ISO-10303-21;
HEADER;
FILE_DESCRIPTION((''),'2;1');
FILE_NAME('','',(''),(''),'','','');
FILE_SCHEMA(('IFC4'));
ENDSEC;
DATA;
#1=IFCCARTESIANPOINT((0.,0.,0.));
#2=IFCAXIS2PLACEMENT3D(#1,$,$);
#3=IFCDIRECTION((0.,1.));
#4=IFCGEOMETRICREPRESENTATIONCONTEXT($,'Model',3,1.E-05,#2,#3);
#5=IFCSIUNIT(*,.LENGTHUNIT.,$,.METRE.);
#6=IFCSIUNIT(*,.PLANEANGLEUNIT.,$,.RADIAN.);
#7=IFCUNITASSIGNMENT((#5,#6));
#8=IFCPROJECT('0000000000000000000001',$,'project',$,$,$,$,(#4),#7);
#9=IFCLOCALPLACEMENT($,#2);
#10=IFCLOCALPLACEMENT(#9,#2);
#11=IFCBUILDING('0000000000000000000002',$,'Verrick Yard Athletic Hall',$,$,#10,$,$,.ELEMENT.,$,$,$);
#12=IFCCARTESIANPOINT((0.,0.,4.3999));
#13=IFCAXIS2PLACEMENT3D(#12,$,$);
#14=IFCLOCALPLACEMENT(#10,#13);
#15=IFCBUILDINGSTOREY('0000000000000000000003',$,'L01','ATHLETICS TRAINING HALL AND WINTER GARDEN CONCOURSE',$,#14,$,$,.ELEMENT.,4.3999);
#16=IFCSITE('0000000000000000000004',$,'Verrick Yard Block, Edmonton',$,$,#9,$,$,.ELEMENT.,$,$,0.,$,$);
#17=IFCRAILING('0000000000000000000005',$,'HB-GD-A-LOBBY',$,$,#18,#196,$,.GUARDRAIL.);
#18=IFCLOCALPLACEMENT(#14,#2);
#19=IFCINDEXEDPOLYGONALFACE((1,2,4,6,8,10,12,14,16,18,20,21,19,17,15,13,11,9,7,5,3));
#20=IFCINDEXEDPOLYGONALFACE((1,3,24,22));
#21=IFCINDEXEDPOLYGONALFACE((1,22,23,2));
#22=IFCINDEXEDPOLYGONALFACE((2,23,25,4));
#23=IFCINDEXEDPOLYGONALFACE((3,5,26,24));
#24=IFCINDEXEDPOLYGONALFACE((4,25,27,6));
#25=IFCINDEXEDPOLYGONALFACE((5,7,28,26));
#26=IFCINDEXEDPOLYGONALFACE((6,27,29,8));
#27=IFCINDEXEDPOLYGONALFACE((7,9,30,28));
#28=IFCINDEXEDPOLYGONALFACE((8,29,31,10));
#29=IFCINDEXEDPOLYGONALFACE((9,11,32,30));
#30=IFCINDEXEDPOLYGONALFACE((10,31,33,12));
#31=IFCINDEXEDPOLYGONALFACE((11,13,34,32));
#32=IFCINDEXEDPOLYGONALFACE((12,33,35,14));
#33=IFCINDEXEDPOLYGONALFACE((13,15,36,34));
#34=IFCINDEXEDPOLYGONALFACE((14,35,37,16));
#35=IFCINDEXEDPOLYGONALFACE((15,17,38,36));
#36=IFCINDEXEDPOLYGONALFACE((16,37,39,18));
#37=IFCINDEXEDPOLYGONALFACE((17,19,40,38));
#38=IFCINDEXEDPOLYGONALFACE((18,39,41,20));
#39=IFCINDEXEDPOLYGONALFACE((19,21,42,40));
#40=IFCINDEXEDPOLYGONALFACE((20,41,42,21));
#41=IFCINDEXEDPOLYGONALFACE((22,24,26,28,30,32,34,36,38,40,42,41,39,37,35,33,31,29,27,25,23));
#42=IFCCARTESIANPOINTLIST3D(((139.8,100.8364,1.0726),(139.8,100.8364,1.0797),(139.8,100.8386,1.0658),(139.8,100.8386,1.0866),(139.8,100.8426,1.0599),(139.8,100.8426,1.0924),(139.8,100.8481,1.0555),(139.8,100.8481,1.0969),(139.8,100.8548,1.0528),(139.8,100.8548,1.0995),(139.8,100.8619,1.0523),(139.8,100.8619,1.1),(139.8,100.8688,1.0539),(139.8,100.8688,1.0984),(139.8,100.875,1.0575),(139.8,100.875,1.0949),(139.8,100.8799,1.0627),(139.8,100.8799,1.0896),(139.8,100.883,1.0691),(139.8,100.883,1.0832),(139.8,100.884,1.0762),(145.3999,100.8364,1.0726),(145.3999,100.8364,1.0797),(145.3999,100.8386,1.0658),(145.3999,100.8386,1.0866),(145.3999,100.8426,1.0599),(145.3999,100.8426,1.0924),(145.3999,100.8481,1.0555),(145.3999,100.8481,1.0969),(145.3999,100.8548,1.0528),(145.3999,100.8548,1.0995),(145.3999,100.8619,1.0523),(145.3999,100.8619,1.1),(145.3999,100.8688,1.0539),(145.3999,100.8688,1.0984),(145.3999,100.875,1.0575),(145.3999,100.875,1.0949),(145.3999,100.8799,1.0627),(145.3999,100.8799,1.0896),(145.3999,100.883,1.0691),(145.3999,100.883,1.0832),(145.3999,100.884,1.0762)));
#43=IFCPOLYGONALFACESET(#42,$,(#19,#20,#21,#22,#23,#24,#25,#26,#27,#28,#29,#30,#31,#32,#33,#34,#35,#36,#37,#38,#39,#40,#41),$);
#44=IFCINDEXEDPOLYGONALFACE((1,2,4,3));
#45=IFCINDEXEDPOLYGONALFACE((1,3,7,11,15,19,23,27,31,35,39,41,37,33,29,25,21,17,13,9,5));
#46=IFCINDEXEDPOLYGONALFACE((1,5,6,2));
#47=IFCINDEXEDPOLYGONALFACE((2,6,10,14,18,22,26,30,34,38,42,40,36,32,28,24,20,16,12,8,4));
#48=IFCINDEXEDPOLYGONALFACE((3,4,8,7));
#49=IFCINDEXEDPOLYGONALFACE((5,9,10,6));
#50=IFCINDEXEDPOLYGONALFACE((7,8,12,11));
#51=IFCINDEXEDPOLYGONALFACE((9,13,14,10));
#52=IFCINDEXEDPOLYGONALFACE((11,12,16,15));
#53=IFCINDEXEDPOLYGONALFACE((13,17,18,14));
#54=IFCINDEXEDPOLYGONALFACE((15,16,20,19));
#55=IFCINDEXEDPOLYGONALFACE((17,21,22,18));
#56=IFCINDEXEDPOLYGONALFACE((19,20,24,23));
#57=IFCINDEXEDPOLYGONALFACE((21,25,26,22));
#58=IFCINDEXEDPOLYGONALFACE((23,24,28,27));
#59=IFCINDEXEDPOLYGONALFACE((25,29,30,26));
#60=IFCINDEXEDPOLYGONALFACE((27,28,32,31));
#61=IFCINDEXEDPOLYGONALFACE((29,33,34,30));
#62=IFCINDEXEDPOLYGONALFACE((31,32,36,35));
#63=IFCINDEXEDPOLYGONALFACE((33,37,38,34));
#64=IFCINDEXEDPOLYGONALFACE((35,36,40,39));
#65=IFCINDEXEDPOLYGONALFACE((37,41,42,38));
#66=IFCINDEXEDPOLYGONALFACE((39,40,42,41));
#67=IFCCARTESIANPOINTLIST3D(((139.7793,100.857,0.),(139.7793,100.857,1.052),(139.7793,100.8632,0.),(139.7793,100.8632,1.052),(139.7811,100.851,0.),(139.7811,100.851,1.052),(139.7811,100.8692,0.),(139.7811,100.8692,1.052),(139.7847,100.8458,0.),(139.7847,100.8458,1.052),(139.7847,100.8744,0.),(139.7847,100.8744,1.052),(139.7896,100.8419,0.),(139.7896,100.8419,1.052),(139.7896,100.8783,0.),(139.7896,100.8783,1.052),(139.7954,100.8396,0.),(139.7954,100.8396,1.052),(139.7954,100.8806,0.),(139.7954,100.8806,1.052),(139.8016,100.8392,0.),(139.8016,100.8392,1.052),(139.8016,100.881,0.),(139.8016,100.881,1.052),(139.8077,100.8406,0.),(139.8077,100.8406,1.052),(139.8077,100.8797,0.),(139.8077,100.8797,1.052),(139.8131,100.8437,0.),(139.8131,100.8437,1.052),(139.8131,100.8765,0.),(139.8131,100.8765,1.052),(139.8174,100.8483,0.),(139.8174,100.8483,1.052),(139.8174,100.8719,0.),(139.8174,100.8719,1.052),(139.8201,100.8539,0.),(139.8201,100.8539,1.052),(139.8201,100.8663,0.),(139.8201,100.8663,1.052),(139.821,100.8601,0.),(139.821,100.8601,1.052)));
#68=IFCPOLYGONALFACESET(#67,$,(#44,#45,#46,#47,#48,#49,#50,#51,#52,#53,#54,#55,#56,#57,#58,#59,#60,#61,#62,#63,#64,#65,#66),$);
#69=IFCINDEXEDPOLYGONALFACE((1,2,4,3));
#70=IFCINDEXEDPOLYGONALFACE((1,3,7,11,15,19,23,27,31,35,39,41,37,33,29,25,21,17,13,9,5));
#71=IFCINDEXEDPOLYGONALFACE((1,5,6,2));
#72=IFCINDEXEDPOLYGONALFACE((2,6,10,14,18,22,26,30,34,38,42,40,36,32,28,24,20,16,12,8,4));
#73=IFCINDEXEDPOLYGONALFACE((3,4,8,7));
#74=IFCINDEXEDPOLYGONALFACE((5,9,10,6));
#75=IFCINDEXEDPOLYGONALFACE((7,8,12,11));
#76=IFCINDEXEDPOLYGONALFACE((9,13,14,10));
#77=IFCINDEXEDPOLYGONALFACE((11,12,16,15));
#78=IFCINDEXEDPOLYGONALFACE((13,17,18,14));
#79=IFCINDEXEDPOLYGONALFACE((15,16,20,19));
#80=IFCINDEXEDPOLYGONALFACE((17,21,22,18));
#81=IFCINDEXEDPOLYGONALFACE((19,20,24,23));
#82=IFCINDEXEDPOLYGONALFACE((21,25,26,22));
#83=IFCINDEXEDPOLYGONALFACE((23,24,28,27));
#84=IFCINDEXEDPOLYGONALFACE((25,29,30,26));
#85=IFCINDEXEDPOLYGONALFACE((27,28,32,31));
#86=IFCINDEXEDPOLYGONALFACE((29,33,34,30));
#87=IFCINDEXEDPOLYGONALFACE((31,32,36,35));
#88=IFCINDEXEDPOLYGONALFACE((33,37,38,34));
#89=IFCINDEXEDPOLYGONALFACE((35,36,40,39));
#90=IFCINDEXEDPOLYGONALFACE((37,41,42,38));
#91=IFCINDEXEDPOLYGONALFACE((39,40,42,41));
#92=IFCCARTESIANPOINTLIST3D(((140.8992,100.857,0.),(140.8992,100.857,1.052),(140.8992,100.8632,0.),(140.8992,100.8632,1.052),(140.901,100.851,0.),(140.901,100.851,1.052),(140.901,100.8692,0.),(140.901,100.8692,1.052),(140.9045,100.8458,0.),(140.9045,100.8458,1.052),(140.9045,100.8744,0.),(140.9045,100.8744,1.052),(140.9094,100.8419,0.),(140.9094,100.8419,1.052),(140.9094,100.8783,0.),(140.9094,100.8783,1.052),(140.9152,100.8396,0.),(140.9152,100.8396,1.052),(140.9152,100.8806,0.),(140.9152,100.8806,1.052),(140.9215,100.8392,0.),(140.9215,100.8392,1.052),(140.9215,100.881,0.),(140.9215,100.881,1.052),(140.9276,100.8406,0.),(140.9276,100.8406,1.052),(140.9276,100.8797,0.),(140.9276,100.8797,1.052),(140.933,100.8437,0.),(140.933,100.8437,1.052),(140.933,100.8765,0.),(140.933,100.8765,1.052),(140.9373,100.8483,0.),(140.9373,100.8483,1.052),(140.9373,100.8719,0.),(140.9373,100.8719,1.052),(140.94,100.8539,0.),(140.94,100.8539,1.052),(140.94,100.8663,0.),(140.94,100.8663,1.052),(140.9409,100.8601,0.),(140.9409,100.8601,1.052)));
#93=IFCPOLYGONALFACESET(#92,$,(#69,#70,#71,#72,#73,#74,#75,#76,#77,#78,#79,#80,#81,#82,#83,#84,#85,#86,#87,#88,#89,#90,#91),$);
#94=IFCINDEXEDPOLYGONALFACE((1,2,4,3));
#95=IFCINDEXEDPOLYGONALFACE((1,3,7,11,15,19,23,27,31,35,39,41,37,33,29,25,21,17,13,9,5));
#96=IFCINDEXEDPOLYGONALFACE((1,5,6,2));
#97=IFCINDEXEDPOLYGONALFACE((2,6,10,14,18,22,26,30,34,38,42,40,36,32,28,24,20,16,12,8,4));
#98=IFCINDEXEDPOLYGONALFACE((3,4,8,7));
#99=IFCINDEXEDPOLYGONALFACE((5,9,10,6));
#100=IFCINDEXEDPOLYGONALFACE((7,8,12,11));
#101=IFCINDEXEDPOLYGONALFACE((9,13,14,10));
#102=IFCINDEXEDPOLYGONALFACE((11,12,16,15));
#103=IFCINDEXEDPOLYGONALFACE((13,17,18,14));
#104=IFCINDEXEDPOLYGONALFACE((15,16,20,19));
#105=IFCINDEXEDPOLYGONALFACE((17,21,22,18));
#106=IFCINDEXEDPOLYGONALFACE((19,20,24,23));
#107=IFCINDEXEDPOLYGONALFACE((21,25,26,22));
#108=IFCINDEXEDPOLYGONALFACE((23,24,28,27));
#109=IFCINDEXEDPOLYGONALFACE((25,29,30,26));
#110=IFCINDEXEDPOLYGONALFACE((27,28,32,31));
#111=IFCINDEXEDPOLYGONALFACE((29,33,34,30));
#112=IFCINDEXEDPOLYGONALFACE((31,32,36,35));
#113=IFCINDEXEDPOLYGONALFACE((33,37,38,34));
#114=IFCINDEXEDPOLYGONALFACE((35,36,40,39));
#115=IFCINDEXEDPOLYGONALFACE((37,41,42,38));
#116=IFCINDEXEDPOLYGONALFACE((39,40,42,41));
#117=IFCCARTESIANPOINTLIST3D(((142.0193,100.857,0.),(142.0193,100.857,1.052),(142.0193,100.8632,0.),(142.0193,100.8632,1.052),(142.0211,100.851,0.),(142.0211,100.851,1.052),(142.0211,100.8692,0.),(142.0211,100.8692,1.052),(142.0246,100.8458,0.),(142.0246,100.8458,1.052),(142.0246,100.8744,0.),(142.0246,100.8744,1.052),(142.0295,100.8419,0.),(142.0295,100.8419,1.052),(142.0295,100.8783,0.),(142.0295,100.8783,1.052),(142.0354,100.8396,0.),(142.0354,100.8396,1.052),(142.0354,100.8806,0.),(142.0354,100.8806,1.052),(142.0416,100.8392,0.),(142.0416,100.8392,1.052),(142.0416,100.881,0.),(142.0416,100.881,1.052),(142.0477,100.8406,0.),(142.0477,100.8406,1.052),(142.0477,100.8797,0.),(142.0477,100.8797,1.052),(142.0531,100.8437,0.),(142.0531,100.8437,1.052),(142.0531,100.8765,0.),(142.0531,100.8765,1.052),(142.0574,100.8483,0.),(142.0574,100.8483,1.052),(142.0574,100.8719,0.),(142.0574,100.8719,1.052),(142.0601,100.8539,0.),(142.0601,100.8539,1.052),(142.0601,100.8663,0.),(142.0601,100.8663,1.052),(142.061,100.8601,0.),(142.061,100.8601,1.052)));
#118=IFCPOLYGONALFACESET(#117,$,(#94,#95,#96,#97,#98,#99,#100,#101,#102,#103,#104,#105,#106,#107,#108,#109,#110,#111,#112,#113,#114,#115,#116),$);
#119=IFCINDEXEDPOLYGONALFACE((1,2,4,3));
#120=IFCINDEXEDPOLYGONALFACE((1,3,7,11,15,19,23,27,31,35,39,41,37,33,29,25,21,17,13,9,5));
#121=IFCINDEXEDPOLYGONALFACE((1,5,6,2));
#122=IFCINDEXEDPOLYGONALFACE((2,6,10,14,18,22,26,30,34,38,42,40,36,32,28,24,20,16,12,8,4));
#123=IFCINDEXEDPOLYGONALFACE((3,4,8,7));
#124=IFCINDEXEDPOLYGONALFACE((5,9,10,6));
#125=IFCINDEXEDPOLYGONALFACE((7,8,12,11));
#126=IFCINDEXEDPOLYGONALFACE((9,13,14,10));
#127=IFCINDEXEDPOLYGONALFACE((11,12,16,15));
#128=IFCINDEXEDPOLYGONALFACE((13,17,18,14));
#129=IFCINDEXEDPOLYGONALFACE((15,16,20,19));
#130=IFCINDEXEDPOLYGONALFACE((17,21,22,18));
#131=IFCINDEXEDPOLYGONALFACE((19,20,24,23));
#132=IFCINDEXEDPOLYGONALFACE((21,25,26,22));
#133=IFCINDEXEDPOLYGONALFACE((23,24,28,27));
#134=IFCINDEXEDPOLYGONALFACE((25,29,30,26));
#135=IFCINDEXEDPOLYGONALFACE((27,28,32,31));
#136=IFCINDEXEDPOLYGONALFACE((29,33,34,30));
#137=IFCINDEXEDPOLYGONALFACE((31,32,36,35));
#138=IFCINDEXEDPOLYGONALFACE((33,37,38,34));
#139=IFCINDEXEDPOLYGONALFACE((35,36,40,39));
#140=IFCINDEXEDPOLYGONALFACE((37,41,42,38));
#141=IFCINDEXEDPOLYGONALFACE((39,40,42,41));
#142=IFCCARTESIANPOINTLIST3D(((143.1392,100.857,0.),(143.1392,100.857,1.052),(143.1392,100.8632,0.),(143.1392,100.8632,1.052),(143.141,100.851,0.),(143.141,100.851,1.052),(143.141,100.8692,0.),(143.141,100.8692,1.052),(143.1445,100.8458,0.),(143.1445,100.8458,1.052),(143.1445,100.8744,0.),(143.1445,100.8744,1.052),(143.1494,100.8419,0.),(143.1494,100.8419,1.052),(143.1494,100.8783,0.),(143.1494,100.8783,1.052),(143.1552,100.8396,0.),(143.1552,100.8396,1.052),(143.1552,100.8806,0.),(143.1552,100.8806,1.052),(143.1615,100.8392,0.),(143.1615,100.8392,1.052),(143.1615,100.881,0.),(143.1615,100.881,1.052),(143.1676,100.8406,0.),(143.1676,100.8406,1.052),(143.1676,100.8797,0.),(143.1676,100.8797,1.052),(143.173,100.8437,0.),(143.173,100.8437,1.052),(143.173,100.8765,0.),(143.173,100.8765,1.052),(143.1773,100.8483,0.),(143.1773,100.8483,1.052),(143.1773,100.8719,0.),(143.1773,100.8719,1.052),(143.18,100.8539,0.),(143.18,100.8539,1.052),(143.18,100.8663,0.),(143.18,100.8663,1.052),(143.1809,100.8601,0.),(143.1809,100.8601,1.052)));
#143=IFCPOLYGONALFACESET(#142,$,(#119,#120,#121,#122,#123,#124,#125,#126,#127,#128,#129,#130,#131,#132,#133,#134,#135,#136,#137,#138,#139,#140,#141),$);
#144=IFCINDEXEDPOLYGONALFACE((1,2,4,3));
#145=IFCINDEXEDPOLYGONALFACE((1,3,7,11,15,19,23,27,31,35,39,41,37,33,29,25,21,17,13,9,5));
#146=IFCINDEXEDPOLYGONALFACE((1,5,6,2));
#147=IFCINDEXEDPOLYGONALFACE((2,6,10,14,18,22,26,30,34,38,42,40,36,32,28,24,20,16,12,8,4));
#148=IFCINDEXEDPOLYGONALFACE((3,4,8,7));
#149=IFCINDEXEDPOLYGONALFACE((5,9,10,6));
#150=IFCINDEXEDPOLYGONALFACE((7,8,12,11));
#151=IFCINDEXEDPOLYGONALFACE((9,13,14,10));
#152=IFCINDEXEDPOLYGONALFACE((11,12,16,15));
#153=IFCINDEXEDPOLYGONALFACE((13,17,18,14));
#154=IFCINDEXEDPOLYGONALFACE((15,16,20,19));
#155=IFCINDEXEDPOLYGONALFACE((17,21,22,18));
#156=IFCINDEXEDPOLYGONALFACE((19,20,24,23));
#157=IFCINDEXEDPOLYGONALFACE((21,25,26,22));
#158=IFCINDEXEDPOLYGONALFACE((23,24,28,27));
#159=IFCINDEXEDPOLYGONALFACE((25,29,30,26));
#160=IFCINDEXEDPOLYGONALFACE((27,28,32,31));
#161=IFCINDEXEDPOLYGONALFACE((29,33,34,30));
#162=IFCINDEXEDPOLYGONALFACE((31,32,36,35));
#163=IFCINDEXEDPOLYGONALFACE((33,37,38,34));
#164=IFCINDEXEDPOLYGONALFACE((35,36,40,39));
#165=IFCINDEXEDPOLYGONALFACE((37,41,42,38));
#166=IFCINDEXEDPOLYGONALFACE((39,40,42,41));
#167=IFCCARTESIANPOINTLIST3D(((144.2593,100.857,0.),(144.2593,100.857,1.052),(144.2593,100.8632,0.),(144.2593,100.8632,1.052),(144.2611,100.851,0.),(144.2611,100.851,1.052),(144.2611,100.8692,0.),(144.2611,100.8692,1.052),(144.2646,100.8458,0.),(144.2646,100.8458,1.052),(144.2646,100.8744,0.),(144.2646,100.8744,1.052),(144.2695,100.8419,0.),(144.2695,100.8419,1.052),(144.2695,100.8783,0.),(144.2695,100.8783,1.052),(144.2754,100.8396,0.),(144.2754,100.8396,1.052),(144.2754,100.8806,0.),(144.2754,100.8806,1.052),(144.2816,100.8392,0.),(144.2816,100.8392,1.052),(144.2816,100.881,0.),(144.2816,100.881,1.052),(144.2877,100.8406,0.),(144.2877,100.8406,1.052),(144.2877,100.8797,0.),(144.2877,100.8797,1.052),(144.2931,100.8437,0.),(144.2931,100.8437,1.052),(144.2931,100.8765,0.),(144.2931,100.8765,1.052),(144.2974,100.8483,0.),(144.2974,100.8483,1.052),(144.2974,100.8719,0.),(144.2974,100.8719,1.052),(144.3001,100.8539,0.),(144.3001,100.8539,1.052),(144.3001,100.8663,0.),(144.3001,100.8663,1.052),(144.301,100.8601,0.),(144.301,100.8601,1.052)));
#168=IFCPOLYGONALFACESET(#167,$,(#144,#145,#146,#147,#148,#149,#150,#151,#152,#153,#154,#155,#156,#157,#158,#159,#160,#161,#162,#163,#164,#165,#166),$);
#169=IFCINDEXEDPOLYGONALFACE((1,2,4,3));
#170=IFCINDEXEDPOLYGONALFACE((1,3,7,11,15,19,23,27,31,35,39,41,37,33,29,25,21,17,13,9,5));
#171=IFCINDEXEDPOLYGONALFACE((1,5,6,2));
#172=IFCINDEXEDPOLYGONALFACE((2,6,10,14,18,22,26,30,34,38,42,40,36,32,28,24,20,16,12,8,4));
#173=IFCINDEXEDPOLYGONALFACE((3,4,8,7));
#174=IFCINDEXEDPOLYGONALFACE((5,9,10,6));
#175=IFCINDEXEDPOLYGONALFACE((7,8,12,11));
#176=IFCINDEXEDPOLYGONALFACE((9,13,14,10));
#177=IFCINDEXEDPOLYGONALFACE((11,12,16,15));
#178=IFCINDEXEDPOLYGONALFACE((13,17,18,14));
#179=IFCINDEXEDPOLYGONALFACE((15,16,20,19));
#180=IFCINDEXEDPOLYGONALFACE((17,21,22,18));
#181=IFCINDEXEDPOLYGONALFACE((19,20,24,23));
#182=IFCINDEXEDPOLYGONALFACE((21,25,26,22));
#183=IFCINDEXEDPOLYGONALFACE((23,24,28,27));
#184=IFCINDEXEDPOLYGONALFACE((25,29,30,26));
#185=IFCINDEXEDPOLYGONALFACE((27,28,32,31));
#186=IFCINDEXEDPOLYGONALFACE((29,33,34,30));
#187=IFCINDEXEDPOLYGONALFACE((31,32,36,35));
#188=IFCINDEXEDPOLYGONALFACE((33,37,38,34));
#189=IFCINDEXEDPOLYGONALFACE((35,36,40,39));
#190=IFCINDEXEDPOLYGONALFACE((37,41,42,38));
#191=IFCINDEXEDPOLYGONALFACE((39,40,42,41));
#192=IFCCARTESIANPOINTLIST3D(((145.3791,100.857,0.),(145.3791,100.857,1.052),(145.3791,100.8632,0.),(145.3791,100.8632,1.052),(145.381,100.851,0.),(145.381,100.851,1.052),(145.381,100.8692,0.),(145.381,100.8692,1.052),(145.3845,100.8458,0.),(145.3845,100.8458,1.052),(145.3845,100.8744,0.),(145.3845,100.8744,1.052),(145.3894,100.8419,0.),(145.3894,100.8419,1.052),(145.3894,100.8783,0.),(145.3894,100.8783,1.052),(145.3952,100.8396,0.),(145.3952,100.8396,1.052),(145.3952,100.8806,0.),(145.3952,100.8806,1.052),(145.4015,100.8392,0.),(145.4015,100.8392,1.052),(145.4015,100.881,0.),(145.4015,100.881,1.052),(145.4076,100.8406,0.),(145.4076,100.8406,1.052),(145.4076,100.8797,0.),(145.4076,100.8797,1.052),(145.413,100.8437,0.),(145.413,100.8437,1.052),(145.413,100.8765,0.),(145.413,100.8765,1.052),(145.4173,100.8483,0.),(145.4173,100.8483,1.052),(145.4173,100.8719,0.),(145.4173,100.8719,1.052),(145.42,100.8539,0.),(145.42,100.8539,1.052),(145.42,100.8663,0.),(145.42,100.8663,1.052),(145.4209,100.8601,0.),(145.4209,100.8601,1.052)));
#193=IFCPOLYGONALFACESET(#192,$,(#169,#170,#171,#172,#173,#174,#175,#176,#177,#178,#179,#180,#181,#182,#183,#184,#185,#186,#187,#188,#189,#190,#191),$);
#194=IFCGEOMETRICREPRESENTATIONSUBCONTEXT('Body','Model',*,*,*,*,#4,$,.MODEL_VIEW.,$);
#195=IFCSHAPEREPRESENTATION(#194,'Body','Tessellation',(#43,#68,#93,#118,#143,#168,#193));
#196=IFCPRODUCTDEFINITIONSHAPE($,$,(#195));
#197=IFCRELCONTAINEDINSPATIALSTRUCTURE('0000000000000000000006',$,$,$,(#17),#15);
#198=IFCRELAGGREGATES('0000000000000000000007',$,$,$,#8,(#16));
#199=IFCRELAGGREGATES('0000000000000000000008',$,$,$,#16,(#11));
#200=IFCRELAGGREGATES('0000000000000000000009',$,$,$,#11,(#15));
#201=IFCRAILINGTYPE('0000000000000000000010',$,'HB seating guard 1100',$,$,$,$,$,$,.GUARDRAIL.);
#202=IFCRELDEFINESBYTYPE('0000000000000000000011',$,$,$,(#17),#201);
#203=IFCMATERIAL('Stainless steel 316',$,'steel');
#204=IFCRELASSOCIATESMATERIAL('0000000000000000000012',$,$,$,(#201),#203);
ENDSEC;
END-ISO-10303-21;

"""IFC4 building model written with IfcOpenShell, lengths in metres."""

from ifc_helpers import new_model, si_unit, direction, frame, origin, origin_2d, place, context, subcontext, project, spatial, circle, extrude, material, type_object, element, save


model = new_model("IFC4")

# Units and contexts
model_context = context("Model", 3, precision=1e-05, world=origin(), true_north=direction((0.0, 1.0)))
body_context = subcontext(model_context, "Body", "Model", "MODEL_VIEW")
ifc_project = project(units=[si_unit("LENGTHUNIT", "METRE"), si_unit("PLANEANGLEUNIT", "RADIAN")], contexts=[model_context])

# Site, building, storey
site_placement = place(None, origin())
site = spatial("IfcSite", under=ifc_project, at=site_placement, Name="Verrick Yard Block, Edmonton", CompositionType="ELEMENT", RefElevation=0.0)
building_placement = place(site_placement, origin())
building = spatial("IfcBuilding", under=site, at=building_placement, Name="Verrick Yard Athletic Hall", CompositionType="ELEMENT")
storey_placement = place(building_placement, frame((0.0, 0.0, 4.3999)))
storey = spatial("IfcBuildingStorey", under=building, at=storey_placement, Name="L01", Description="ATHLETICS TRAINING HALL AND WINTER GARDEN CONCOURSE", CompositionType="ELEMENT", Elevation=4.3999)

# Railing
ifc_material_1 = material(Name="Stainless steel 316", Category="steel")
railing_type = type_object("IfcRailingType", Name="HB seating guard 1100", PredefinedType="GUARDRAIL", material=ifc_material_1)
railing_placement = place(storey_placement, frame((139.8, 100.8601, 0.0)))
element("IfcRailing", 1, at=railing_placement, inside=storey, type_object=railing_type, Name="HB-GD-A-LOBBY", PredefinedType="GUARDRAIL", context=body_context, shape_type="SweptSolid", body=[
    extrude(circle(Radius=0.0239, at=origin_2d()), frame((0.0, 0.0, 1.0762), z_axis=(1.0, 0.0, 0.0), x_axis=(0.0, 1.0, 0.0)), (0.0, 0.0, 1.0), 5.5999),
    extrude(circle(Radius=0.021, at=origin_2d()), origin(), (0.0, 0.0, 1.0), 1.052),
    extrude(circle(Radius=0.021, at=origin_2d()), frame((1.1199, 0.0, 0.0)), (0.0, 0.0, 1.0), 1.052),
    extrude(circle(Radius=0.021, at=origin_2d()), frame((2.24, 0.0, 0.0)), (0.0, 0.0, 1.0), 1.052),
    extrude(circle(Radius=0.021, at=origin_2d()), frame((3.3599, 0.0, 0.0)), (0.0, 0.0, 1.0), 1.052),
    extrude(circle(Radius=0.021, at=origin_2d()), frame((4.48, 0.0, 0.0)), (0.0, 0.0, 1.0), 1.052),
    extrude(circle(Radius=0.021, at=origin_2d()), frame((5.5999, 0.0, 0.0)), (0.0, 0.0, 1.0), 1.052),
])

save(model, "model.ifc")
